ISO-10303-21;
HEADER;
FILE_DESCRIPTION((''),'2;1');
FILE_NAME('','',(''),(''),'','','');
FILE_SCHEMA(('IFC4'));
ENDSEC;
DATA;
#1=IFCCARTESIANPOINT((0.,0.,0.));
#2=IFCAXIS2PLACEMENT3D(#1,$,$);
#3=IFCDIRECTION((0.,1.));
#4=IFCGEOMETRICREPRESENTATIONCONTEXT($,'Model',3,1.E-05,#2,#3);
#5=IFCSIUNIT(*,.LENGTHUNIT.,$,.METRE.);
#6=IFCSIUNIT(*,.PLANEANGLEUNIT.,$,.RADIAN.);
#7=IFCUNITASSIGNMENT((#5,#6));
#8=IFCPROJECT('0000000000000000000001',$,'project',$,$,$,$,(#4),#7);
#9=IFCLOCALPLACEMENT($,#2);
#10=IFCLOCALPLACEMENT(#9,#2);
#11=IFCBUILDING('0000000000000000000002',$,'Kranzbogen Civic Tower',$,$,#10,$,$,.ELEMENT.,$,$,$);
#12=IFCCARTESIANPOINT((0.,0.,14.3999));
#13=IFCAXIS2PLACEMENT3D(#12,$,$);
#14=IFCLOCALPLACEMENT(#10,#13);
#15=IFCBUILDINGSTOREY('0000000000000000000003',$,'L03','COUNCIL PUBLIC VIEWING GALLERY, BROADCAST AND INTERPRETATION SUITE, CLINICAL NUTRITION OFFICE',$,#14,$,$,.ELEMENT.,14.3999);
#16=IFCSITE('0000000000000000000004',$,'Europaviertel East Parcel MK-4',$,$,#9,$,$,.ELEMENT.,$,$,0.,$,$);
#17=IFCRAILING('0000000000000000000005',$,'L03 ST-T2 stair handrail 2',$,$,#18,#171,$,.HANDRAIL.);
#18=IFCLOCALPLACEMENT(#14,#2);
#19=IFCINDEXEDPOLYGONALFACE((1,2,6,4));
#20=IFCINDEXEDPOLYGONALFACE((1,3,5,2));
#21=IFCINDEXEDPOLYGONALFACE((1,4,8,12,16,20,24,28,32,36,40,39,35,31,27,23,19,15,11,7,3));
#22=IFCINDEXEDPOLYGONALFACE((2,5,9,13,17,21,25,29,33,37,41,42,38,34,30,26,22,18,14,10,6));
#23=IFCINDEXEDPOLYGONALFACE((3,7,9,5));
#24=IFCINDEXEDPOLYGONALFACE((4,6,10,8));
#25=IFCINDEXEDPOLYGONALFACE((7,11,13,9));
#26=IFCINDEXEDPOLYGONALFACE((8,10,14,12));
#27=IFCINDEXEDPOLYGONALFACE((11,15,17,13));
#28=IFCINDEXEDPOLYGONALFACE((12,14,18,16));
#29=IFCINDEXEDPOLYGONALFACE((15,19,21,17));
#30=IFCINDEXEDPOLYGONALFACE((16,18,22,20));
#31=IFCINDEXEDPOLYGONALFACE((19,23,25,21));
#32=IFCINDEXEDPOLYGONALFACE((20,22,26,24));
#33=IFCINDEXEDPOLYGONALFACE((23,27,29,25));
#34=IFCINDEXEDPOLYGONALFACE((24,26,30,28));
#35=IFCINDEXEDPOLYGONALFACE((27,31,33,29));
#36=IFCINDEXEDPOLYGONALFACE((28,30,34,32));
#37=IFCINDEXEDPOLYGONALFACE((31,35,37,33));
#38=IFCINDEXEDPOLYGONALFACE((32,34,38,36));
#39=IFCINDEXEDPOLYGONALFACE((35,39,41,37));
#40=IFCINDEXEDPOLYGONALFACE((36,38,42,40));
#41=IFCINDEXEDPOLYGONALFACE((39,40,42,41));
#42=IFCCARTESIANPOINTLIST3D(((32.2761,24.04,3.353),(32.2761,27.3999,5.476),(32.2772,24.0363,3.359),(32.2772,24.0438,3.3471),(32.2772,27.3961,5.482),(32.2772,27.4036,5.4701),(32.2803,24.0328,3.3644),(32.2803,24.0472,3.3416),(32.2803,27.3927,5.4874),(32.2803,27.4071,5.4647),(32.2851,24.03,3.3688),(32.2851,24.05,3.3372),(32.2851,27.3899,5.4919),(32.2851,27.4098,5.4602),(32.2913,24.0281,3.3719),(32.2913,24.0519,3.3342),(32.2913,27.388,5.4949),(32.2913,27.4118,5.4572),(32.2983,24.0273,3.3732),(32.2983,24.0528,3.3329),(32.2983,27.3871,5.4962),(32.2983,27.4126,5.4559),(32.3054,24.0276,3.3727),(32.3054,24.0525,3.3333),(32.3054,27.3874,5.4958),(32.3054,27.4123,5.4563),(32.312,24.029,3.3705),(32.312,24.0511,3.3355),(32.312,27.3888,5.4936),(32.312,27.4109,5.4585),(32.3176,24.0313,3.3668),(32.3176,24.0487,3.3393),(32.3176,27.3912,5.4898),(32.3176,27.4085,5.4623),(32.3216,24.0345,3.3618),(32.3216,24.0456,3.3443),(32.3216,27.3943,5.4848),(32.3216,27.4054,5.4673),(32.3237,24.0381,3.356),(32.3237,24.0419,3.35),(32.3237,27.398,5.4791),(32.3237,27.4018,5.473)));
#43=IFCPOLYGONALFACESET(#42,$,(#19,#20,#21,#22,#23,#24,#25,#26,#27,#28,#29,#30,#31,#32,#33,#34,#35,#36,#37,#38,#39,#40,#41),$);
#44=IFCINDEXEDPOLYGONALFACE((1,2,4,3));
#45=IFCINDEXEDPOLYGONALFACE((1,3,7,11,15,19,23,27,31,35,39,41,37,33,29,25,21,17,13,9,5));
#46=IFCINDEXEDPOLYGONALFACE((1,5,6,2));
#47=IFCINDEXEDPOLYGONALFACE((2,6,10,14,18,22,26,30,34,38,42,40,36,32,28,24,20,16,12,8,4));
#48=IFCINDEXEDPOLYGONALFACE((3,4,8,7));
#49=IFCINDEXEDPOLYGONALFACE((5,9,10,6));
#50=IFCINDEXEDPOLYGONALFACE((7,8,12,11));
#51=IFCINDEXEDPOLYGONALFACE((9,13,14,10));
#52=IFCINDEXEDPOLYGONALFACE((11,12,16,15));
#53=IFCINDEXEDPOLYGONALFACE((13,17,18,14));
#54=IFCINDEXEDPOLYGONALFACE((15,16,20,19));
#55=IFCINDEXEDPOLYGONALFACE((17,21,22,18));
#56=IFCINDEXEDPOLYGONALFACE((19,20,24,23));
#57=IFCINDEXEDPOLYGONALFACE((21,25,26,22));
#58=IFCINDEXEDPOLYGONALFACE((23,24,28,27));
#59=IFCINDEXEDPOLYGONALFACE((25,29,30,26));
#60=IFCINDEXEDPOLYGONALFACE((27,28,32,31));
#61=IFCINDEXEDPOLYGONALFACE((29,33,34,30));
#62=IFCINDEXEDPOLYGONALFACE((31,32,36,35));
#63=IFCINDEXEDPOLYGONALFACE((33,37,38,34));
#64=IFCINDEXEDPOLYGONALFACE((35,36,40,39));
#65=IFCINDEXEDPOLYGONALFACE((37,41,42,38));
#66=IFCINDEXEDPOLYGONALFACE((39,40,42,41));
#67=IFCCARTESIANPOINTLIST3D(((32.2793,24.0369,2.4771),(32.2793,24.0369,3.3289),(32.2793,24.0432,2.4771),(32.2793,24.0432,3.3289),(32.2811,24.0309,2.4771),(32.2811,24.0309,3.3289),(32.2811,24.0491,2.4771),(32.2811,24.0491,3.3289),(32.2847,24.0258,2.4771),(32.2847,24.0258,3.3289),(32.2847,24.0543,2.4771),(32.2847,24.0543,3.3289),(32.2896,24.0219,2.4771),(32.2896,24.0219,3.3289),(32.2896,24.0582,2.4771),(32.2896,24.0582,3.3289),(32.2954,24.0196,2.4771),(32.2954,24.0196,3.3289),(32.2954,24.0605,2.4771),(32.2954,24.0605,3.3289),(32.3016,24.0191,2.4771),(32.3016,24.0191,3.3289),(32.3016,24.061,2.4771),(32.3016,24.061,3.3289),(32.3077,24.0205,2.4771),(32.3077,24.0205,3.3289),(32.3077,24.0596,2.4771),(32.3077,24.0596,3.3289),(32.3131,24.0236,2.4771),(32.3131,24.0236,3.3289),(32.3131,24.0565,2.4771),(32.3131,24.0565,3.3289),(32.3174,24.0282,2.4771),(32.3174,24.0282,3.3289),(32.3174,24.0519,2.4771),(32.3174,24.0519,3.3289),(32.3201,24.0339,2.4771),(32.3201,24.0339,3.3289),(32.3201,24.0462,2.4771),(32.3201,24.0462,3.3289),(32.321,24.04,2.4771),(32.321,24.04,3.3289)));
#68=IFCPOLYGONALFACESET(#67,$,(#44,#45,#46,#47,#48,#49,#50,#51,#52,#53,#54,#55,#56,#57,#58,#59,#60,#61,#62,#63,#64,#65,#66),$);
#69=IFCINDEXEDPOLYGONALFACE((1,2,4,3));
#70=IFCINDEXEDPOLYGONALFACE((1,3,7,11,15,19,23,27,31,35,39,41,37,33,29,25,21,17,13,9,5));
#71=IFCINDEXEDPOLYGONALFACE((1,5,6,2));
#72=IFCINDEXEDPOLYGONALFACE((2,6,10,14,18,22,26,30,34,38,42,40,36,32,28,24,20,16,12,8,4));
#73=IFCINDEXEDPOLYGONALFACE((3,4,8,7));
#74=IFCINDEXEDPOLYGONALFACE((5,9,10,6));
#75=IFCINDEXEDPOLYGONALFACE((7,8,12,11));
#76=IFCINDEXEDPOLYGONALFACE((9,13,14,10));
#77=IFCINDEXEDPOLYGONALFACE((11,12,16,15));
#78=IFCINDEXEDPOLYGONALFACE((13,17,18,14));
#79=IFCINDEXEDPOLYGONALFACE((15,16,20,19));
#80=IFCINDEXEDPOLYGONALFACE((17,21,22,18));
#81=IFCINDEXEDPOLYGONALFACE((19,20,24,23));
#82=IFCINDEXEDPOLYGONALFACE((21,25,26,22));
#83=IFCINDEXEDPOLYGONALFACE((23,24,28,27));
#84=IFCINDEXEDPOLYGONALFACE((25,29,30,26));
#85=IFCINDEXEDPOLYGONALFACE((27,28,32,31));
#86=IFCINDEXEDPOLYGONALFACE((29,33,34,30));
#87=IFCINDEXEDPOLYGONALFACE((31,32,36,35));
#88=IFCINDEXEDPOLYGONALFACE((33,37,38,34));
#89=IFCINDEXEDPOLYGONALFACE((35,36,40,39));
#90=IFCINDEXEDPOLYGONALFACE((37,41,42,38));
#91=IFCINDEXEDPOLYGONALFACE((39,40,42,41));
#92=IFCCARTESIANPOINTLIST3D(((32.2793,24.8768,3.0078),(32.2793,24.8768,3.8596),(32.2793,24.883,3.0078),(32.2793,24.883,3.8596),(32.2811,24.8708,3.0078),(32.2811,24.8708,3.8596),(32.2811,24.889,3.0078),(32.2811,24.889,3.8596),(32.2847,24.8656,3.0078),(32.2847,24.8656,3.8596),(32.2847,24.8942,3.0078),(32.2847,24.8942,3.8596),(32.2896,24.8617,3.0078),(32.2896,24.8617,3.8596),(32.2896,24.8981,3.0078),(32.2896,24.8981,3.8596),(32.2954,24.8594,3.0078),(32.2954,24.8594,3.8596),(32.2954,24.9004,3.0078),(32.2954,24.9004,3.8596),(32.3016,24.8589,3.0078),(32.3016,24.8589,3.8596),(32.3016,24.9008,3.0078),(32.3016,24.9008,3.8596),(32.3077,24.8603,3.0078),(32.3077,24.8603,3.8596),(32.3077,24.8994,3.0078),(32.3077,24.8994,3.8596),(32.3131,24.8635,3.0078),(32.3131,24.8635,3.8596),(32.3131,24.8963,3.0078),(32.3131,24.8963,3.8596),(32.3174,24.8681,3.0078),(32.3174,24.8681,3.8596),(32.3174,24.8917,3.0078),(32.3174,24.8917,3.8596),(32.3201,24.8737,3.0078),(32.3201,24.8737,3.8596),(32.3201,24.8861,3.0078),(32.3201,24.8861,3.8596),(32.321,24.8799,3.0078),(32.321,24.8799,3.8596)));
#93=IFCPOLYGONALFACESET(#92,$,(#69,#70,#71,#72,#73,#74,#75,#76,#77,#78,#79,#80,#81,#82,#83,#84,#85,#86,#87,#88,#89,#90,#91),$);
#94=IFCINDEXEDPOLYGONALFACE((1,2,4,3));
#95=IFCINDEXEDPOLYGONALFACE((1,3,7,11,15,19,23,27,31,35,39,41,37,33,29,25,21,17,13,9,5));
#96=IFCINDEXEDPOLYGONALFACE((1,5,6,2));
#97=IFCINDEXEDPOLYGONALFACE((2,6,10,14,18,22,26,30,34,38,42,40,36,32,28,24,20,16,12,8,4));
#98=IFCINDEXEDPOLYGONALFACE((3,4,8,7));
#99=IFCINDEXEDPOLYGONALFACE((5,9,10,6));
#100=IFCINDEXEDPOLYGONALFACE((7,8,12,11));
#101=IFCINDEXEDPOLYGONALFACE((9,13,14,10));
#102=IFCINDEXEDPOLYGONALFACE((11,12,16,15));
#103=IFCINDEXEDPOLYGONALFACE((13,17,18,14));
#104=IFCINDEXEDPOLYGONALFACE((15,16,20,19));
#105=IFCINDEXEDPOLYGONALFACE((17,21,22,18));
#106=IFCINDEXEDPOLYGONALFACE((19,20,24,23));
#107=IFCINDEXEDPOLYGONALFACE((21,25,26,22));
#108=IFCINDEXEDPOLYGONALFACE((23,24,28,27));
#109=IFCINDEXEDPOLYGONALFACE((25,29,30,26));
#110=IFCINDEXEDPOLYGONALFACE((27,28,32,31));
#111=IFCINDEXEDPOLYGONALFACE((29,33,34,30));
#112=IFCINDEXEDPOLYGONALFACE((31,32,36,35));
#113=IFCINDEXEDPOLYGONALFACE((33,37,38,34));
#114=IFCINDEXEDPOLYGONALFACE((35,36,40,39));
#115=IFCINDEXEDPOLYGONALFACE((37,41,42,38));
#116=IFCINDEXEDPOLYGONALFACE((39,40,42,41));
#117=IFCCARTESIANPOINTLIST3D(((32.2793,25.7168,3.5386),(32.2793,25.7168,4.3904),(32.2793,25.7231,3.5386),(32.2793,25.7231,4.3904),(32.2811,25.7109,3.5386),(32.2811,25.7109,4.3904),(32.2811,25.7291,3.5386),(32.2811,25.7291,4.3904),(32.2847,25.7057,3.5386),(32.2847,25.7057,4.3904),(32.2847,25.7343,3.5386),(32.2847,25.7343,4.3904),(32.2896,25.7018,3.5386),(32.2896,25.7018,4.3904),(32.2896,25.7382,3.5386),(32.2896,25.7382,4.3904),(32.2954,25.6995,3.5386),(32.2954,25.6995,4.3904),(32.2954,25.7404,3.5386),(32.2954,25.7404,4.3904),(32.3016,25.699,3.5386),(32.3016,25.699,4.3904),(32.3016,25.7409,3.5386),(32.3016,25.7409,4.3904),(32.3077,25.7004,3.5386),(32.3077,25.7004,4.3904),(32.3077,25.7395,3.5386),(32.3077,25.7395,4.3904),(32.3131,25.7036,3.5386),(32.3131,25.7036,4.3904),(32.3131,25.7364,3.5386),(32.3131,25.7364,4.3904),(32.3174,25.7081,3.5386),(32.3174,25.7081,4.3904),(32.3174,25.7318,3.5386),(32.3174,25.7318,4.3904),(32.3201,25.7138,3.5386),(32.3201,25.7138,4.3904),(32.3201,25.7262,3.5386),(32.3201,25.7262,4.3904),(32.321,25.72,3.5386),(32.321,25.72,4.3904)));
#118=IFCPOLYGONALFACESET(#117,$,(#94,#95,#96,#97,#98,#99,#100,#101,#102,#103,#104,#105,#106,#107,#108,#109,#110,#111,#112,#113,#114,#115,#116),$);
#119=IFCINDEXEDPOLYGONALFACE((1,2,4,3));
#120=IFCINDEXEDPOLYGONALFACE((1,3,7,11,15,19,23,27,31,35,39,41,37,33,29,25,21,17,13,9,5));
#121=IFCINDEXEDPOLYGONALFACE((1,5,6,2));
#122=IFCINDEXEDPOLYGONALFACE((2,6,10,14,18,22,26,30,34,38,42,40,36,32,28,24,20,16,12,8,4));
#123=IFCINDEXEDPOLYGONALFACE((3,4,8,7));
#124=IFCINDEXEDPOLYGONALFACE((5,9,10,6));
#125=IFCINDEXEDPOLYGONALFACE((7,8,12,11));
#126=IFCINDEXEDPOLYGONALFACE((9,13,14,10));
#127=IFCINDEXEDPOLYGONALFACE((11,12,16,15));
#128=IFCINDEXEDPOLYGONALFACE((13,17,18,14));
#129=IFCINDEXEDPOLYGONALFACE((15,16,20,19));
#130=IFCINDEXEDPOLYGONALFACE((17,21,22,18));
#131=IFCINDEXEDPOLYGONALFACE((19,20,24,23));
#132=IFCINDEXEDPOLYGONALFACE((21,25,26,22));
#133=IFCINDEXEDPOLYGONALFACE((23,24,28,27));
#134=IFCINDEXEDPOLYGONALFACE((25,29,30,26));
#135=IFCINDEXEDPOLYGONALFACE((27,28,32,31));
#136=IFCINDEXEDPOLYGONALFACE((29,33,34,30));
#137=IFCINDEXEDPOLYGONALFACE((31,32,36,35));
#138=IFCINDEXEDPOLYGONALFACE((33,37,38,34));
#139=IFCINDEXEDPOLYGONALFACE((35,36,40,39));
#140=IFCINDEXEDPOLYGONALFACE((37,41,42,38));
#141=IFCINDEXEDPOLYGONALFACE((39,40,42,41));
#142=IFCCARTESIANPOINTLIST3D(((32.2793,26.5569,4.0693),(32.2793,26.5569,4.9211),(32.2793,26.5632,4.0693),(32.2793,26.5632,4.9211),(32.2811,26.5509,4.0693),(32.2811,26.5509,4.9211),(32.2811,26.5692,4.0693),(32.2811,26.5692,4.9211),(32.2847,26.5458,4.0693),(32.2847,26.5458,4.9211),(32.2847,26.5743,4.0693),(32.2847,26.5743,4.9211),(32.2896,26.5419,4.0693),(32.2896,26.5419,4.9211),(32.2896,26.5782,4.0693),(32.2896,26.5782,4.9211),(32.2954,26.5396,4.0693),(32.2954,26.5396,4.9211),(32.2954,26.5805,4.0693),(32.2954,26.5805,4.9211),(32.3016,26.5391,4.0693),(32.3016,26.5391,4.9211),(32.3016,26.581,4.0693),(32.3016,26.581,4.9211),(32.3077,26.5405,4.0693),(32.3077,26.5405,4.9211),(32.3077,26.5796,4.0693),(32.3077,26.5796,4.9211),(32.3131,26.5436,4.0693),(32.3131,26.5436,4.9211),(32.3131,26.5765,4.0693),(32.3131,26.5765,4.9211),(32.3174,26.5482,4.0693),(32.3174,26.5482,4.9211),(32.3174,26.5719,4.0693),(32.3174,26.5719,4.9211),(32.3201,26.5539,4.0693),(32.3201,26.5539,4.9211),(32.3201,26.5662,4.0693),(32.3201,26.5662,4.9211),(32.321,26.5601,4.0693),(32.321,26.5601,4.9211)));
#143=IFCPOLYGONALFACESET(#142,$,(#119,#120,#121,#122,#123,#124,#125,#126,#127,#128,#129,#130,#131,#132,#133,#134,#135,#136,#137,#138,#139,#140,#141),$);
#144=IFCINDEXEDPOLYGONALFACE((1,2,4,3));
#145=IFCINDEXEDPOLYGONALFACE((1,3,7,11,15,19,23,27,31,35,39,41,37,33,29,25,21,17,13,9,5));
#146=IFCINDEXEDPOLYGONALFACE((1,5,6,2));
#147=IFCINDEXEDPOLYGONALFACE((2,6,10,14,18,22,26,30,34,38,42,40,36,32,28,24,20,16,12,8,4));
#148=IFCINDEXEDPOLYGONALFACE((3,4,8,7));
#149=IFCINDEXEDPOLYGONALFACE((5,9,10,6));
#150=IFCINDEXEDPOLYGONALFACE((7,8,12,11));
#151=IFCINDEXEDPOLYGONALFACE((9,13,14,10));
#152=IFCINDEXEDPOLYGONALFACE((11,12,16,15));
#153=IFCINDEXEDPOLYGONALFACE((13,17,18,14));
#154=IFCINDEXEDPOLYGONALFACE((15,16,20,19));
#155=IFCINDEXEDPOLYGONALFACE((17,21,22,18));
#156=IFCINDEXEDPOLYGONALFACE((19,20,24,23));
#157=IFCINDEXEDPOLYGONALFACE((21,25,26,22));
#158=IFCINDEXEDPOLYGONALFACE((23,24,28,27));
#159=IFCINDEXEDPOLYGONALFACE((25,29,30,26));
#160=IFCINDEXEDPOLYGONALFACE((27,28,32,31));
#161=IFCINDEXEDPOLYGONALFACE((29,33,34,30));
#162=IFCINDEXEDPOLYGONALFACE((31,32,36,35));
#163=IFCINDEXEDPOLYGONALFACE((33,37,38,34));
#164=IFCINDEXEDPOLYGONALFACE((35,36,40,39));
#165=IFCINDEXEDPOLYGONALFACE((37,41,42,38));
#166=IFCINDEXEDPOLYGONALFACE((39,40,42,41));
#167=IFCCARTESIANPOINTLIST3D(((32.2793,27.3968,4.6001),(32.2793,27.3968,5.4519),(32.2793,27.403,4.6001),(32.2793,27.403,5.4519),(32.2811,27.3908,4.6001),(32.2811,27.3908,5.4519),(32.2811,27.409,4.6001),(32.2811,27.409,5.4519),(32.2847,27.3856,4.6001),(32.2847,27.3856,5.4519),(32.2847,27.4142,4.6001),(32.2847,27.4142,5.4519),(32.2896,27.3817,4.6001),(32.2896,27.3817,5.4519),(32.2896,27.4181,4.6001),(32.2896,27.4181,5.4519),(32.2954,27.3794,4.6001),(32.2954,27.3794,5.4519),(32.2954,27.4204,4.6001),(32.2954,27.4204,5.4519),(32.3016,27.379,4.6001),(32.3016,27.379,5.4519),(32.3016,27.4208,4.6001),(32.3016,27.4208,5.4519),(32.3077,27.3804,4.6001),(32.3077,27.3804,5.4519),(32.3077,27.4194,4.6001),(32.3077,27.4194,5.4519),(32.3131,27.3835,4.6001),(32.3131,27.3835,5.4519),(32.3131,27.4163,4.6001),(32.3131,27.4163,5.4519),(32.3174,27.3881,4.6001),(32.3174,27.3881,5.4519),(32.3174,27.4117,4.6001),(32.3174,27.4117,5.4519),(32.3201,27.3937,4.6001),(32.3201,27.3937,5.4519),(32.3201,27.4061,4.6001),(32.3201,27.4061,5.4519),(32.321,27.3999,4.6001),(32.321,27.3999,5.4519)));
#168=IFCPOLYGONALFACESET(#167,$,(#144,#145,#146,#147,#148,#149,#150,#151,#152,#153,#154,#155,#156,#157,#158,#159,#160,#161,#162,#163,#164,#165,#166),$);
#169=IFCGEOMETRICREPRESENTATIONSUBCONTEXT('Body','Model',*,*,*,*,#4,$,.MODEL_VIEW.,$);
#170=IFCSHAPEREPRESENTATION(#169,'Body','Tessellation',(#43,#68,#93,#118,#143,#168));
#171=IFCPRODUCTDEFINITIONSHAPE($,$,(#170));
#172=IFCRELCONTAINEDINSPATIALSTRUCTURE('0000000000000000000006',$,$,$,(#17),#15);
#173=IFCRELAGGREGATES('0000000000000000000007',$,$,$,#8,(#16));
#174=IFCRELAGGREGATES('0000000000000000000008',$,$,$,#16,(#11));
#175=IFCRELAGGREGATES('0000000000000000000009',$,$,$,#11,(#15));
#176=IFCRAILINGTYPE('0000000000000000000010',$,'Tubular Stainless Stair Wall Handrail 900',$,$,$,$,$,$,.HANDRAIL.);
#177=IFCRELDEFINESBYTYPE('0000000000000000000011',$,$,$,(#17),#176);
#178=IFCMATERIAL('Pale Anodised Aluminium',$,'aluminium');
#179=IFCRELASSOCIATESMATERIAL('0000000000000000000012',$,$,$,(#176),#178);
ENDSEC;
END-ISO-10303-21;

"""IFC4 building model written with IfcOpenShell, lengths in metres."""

from ifc_helpers import new_model, si_unit, direction, frame, origin, origin_2d, place, context, subcontext, project, spatial, circle, extrude, material, type_object, element, save


model = new_model("IFC4")

# Units and contexts
model_context = context("Model", 3, precision=1e-05, world=origin(), true_north=direction((0.0, 1.0)))
body_context = subcontext(model_context, "Body", "Model", "MODEL_VIEW")
ifc_project = project(units=[si_unit("LENGTHUNIT", "METRE"), si_unit("PLANEANGLEUNIT", "RADIAN")], contexts=[model_context])

# Site, building, storey
site_placement = place(None, origin())
site = spatial("IfcSite", under=ifc_project, at=site_placement, Name="Europaviertel East Parcel MK-4", CompositionType="ELEMENT", RefElevation=0.0)
building_placement = place(site_placement, origin())
building = spatial("IfcBuilding", under=site, at=building_placement, Name="Kranzbogen Civic Tower", CompositionType="ELEMENT")
storey_placement = place(building_placement, frame((0.0, 0.0, 14.3999)))
storey = spatial("IfcBuildingStorey", under=building, at=storey_placement, Name="L03", Description="COUNCIL PUBLIC VIEWING GALLERY, BROADCAST AND INTERPRETATION SUITE, CLINICAL NUTRITION OFFICE", CompositionType="ELEMENT", Elevation=14.3999)

# Railing
ifc_material_1 = material(Name="Pale Anodised Aluminium", Category="aluminium")
railing_type_1 = type_object("IfcRailingType", Name="Tubular Stainless Stair Wall Handrail 900", PredefinedType="HANDRAIL", material=ifc_material_1)
railing_1_placement = place(storey_placement, frame((32.3, 24.04, 2.4771)))
element("IfcRailing", 1, at=railing_1_placement, inside=storey, type_object=railing_type_1, Name="L03 ST-T2 stair handrail 2", PredefinedType="HANDRAIL", context=body_context, shape_type="SweptSolid", body=[
    extrude(circle(Radius=0.0239, at=origin_2d()), frame((0.0, 0.0, 0.876), z_axis=(0.0, 0.845372, 0.534178), x_axis=(-1.0, 0.0, 0.0)), (0.0, 0.0, 1.0), 3.9744),
    extrude(circle(Radius=0.021, at=origin_2d()), origin(), (0.0, 0.0, 1.0), 0.8518),
    extrude(circle(Radius=0.021, at=origin_2d()), frame((0.0, 0.8398, 0.5308)), (0.0, 0.0, 1.0), 0.8518),
    extrude(circle(Radius=0.021, at=origin_2d()), frame((0.0, 1.6799, 1.0615)), (0.0, 0.0, 1.0), 0.8518),
    extrude(circle(Radius=0.021, at=origin_2d()), frame((0.0, 2.52, 1.5923)), (0.0, 0.0, 1.0), 0.8518),
    extrude(circle(Radius=0.021, at=origin_2d()), frame((0.0, 3.3599, 2.123)), (0.0, 0.0, 1.0), 0.8518),
])

save(model, "model.ifc")
